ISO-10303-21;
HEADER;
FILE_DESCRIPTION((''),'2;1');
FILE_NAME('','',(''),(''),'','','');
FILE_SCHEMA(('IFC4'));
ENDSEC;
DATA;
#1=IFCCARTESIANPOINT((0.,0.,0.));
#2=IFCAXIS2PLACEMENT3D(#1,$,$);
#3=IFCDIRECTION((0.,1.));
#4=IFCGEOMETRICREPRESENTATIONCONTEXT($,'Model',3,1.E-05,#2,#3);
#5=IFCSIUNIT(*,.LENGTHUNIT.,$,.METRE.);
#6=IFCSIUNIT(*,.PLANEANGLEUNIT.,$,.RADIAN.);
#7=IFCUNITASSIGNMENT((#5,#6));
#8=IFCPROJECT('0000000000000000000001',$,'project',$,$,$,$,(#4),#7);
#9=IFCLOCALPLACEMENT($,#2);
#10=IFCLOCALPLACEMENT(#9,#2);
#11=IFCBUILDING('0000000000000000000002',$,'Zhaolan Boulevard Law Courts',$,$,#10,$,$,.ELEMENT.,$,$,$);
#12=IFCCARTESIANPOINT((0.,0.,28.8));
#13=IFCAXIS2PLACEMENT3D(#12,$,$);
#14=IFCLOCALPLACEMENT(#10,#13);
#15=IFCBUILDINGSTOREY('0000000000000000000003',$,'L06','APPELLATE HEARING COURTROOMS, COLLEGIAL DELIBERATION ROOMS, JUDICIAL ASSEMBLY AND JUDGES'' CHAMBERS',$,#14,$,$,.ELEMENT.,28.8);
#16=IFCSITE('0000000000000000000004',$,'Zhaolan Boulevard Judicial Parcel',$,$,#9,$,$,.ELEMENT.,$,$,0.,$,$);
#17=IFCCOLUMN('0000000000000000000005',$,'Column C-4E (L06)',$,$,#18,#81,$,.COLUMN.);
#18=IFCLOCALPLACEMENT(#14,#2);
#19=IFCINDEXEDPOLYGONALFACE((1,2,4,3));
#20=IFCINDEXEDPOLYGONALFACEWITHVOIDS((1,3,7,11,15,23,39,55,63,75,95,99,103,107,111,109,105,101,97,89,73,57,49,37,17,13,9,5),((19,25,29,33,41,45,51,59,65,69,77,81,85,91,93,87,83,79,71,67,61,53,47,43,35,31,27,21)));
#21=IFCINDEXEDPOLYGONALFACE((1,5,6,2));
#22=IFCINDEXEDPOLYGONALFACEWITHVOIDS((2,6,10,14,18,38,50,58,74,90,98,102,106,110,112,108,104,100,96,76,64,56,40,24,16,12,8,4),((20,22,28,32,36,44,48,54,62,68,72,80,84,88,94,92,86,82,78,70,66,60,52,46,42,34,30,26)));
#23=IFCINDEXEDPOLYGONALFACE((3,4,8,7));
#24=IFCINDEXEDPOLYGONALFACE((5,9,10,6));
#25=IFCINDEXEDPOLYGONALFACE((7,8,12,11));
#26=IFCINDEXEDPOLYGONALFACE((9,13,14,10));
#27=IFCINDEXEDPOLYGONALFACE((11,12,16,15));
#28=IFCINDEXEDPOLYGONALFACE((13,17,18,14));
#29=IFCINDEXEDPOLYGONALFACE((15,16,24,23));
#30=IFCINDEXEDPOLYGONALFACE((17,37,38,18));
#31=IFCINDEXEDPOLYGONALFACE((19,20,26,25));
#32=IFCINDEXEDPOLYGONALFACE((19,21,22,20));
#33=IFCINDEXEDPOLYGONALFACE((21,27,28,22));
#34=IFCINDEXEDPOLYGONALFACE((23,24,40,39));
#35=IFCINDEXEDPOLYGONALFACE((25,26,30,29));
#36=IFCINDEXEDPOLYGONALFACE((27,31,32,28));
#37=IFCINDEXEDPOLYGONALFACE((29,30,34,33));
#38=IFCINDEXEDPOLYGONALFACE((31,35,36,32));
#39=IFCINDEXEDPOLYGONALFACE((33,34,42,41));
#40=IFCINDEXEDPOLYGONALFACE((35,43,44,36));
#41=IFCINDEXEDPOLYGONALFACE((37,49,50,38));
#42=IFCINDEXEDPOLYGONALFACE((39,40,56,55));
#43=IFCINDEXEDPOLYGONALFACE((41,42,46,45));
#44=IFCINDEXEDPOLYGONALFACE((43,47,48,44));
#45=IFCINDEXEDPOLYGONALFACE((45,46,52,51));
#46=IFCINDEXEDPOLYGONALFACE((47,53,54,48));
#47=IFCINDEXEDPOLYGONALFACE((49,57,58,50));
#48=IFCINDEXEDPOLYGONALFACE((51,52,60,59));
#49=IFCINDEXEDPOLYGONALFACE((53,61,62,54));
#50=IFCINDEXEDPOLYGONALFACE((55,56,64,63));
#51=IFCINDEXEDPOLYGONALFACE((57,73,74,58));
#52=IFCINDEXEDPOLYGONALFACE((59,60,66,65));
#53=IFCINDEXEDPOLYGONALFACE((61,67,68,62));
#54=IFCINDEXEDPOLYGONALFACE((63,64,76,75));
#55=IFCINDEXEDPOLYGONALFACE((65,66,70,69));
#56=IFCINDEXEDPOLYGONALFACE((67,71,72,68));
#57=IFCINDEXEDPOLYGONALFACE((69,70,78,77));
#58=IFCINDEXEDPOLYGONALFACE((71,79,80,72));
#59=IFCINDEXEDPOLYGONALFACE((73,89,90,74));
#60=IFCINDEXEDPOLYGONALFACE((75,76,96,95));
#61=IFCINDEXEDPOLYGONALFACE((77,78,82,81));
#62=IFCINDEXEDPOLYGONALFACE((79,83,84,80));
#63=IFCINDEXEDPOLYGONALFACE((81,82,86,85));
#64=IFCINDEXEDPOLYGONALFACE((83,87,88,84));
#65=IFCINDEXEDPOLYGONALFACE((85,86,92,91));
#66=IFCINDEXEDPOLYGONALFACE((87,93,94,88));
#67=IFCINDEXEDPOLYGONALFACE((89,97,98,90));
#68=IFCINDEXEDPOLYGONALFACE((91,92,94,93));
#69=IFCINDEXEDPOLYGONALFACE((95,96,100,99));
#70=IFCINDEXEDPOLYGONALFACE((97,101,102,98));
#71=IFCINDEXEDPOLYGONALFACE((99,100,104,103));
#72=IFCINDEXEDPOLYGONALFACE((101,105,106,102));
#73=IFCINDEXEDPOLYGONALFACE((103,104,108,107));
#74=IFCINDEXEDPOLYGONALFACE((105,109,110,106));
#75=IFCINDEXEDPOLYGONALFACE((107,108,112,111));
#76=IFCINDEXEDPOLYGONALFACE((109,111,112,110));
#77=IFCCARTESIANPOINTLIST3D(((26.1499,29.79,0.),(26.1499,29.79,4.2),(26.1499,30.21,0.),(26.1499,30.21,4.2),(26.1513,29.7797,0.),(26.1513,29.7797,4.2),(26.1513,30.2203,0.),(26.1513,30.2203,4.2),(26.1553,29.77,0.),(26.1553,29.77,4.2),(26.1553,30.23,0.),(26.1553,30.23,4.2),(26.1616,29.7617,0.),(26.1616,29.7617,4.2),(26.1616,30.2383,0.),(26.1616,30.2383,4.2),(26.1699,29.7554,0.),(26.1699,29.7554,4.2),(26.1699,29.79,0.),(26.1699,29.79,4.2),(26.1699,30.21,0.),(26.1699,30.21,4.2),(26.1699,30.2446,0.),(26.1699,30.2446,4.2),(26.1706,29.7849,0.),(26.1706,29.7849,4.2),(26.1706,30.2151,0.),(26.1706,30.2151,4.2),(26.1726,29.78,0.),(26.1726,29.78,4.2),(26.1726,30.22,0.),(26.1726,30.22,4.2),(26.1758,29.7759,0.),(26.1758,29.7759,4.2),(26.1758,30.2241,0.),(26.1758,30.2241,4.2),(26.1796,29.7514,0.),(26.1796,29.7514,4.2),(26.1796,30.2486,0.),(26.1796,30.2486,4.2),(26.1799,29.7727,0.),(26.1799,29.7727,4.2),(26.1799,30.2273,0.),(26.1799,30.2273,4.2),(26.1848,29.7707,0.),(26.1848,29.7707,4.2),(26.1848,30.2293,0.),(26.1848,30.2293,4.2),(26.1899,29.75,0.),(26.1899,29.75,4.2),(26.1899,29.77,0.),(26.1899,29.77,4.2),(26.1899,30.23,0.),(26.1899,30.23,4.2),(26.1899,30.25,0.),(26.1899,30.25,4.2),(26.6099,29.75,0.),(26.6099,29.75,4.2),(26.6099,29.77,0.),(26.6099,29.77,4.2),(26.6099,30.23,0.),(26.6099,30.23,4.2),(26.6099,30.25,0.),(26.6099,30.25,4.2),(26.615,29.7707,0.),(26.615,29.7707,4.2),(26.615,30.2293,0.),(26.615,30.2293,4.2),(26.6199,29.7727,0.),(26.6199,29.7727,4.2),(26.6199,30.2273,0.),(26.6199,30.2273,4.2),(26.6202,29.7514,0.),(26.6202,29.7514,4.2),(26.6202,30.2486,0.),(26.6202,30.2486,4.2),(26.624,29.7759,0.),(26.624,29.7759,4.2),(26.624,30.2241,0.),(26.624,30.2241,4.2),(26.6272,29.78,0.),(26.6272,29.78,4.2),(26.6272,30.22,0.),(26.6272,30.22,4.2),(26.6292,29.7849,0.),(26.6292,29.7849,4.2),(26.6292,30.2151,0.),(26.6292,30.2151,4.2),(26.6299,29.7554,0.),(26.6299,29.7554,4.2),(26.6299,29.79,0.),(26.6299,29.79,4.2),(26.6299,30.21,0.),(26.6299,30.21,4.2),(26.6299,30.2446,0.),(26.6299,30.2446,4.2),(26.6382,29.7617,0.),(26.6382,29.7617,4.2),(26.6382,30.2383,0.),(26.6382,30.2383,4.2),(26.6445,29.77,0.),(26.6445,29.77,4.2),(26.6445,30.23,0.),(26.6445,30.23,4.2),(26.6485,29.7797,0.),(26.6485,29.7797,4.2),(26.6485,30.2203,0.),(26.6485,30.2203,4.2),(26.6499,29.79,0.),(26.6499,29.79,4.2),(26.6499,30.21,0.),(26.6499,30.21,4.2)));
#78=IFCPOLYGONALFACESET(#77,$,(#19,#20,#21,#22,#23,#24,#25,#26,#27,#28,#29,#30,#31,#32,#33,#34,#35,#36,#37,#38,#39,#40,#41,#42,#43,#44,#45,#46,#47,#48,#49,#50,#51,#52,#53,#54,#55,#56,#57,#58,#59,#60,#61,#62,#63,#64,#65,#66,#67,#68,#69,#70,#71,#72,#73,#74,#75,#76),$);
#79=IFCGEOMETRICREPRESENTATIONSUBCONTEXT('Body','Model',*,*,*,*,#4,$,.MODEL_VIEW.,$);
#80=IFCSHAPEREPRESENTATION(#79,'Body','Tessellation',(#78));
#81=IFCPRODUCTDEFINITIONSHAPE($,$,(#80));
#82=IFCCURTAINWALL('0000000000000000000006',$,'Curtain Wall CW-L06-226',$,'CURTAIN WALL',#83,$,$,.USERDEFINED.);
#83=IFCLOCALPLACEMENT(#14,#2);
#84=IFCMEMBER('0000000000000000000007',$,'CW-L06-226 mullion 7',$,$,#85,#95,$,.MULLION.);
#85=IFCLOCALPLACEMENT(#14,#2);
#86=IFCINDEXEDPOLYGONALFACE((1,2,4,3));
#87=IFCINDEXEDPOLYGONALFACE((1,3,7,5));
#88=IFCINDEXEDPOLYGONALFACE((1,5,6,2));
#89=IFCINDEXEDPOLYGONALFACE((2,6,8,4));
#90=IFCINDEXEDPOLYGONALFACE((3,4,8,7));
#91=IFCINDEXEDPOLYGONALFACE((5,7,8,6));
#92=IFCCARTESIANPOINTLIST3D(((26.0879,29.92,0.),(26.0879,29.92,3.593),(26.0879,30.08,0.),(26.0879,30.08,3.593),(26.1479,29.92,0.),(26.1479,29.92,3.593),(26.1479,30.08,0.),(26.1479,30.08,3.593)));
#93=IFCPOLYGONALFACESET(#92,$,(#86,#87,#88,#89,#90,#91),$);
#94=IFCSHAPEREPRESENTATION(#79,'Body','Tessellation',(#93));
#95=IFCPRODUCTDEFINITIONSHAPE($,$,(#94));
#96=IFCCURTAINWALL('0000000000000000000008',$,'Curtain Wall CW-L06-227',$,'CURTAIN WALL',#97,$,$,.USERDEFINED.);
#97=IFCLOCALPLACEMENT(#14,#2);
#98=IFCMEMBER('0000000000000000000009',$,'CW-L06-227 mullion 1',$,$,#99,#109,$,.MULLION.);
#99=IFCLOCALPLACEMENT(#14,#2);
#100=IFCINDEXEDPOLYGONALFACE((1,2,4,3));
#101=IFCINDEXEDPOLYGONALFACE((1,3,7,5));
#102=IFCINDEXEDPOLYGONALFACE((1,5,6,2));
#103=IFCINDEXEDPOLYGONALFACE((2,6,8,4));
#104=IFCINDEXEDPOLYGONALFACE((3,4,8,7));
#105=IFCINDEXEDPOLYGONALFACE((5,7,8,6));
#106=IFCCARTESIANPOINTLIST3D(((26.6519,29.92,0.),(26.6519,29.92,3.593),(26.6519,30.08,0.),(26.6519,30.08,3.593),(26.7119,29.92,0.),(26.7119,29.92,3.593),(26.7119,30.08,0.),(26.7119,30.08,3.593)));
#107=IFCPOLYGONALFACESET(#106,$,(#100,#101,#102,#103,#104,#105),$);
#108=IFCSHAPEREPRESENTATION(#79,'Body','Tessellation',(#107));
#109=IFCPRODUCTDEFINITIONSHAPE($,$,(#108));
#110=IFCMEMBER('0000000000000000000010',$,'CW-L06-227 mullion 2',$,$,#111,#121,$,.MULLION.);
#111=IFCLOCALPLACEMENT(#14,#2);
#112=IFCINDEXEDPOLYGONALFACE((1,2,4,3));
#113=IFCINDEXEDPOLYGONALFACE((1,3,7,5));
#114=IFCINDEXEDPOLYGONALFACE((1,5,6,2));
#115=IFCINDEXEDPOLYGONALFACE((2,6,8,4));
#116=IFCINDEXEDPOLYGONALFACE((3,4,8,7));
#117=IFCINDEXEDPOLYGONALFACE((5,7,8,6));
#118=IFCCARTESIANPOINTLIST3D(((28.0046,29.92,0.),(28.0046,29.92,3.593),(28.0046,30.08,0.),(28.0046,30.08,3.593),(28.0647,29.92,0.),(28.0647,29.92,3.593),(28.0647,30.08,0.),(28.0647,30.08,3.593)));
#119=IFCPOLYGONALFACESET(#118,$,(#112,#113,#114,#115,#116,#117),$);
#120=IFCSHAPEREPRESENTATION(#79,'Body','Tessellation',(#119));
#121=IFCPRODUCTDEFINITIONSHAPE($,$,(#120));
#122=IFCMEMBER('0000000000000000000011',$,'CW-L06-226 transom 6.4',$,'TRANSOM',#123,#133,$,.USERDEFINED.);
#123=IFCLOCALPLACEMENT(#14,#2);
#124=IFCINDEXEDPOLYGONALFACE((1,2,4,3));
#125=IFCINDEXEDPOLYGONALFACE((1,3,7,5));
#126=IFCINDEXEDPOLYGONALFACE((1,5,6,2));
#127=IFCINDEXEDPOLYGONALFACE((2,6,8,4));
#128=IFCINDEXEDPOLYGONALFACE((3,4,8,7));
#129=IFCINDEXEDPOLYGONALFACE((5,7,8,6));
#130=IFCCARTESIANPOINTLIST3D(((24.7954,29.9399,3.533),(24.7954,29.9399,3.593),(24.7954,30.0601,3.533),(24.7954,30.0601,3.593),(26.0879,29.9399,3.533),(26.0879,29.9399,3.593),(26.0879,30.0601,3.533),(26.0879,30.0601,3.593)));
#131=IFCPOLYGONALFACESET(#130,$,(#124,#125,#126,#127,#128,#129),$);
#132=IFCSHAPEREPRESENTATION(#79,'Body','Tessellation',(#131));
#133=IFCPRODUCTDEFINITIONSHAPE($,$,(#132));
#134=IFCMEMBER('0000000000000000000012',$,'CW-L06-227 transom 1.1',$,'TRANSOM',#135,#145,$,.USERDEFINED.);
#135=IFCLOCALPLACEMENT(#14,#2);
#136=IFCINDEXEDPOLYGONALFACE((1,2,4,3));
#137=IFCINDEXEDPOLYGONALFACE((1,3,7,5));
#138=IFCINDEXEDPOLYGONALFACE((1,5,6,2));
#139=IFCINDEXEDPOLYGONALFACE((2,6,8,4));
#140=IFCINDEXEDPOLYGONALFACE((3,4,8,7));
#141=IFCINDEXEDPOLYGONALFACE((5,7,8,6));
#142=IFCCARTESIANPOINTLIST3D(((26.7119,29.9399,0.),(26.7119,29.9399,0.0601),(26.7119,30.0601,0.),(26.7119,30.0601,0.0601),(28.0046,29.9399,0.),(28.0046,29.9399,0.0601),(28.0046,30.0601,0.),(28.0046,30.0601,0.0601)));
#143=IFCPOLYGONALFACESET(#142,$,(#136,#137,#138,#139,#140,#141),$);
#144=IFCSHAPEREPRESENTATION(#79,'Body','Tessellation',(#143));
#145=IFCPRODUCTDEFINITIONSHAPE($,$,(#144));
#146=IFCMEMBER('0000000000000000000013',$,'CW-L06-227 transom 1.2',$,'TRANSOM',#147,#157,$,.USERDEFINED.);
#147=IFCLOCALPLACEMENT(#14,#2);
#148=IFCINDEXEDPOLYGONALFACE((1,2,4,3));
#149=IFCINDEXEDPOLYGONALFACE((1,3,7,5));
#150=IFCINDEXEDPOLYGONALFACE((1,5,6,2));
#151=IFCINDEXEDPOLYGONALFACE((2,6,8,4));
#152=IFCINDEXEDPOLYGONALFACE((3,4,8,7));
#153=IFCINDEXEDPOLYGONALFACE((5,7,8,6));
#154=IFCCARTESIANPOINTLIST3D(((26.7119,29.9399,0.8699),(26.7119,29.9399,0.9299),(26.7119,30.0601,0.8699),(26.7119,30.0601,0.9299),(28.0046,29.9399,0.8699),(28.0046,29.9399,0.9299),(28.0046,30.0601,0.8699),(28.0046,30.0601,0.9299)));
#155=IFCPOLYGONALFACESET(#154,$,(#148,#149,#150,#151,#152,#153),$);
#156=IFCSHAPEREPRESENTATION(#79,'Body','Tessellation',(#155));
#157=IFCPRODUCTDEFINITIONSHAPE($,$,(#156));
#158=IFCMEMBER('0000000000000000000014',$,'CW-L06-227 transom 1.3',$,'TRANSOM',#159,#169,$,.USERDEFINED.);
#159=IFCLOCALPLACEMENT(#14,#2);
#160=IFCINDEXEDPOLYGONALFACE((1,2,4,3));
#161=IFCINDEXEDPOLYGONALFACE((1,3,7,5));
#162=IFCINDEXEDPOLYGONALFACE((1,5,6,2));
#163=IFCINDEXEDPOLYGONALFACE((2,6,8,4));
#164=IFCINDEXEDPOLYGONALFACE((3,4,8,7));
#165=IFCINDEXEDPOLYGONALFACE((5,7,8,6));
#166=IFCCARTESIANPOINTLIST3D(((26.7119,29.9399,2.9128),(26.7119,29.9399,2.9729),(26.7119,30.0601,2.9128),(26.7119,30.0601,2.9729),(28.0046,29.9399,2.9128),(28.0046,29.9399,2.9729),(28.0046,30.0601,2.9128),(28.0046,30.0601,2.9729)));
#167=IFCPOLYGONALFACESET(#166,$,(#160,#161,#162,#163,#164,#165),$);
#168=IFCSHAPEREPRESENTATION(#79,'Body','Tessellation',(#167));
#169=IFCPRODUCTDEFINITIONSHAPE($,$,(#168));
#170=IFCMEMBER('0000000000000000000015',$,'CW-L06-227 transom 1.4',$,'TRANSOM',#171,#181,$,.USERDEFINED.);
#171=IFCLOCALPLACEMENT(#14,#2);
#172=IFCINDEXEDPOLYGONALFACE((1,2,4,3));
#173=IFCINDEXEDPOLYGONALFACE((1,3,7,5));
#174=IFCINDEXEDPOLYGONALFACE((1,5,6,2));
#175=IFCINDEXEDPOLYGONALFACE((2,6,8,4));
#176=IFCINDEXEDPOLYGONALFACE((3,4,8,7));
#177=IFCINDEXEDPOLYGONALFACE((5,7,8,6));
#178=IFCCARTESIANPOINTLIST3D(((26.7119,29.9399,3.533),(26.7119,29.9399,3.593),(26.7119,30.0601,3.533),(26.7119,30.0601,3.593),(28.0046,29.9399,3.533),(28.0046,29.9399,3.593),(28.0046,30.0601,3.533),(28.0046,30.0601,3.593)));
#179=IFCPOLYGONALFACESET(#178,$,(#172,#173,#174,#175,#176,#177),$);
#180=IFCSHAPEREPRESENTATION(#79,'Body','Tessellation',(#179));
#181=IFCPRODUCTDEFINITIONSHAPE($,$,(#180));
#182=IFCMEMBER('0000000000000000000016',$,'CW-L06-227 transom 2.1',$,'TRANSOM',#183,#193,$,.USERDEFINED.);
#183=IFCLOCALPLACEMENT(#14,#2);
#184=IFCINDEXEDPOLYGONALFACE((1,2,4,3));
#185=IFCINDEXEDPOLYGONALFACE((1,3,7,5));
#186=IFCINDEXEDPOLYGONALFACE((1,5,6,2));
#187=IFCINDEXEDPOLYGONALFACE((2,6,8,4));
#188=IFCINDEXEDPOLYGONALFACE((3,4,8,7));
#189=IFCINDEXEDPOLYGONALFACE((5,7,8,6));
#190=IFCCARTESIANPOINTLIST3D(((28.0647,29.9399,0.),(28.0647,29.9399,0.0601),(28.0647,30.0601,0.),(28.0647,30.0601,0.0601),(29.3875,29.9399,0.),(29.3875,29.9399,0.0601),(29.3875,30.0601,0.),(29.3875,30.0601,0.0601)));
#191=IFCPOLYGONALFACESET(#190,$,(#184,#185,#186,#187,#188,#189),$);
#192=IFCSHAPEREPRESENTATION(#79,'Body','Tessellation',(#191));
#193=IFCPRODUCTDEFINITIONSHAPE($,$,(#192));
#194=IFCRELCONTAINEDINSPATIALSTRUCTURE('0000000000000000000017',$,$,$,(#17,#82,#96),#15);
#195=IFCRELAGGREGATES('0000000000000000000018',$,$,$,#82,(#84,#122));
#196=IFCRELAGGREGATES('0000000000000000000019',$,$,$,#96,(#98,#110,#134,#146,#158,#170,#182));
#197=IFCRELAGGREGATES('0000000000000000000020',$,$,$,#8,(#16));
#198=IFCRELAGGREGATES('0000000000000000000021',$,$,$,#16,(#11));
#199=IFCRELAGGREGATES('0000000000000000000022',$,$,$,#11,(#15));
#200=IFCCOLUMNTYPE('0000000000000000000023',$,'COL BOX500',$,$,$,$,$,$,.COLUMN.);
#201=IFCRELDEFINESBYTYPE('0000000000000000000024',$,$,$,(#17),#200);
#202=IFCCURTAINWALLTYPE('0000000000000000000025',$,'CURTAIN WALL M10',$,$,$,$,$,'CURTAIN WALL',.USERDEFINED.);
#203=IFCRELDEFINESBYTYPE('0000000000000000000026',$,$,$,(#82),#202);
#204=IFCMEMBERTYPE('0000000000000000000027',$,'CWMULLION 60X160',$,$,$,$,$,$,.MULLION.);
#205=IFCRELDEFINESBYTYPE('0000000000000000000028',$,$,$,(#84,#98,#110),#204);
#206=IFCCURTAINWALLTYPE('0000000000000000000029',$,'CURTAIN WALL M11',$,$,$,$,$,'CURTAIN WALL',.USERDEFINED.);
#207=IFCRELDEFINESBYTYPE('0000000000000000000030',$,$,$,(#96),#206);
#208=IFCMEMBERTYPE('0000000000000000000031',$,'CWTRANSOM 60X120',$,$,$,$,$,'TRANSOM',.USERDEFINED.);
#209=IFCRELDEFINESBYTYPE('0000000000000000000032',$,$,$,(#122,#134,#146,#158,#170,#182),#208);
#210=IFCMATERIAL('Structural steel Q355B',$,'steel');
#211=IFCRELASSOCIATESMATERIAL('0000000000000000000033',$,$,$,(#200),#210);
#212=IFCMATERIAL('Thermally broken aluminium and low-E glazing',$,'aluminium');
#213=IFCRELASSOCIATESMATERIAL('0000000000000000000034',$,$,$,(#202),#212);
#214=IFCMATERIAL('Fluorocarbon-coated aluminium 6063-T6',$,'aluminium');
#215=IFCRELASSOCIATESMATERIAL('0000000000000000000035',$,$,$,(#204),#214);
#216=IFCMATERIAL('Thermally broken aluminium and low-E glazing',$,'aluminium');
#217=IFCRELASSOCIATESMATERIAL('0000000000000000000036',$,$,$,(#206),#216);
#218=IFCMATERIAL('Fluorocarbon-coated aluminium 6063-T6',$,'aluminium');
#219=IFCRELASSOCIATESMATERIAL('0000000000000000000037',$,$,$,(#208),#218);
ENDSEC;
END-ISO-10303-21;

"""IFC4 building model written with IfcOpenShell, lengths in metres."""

from ifc_helpers import new_model, si_unit, direction, frame, origin, origin_2d, place, context, subcontext, project, spatial, rectangle, hollow_rectangle, extrude, material, material_profile, profile_set, type_object, element, aggregate, save


model = new_model("IFC4")

# Units and contexts
model_context = context("Model", 3, precision=1e-05, world=origin(), true_north=direction((0.0, 1.0)))
body_context = subcontext(model_context, "Body", "Model", "MODEL_VIEW")
ifc_project = project(units=[si_unit("LENGTHUNIT", "METRE"), si_unit("PLANEANGLEUNIT", "RADIAN")], contexts=[model_context])

# Site, building, storey
site_placement = place(None, origin())
site = spatial("IfcSite", under=ifc_project, at=site_placement, Name="Zhaolan Boulevard Judicial Parcel", CompositionType="ELEMENT", RefElevation=0.0)
building_placement = place(site_placement, origin())
building = spatial("IfcBuilding", under=site, at=building_placement, Name="Zhaolan Boulevard Law Courts", CompositionType="ELEMENT")
storey_placement = place(building_placement, frame((0.0, 0.0, 28.8)))
storey = spatial("IfcBuildingStorey", under=building, at=storey_placement, Name="L06", Description="APPELLATE HEARING COURTROOMS, COLLEGIAL DELIBERATION ROOMS, JUDICIAL ASSEMBLY AND JUDGES' CHAMBERS", CompositionType="ELEMENT", Elevation=28.8)

# Column
ifc_material_1 = material(Name="Structural steel Q355B", Category="steel")
ifc_material_profile_1 = material_profile(ifc_material_1, hollow_rectangle(XDim=0.5, YDim=0.5, WallThickness=0.02, InnerFilletRadius=0.02, OuterFilletRadius=0.04, at=origin_2d()), Name="BOX500x500x20")
ifc_profile_set_1 = profile_set([ifc_material_profile_1], Name="Structural steel Q355B")
column_type = type_object("IfcColumnType", Name="COL BOX500", PredefinedType="COLUMN", material=ifc_profile_set_1)
column_placement = place(storey_placement, frame((26.3999, 30.0, 0.0), z_axis=(0.0, 0.0, 1.0), x_axis=(1.0, 0.0, 0.0)))
element("IfcColumn", 1, at=column_placement, inside=storey, type_object=column_type, Name="Column C-4E (L06)", PredefinedType="COLUMN", context=body_context, shape_type="SweptSolid", body=[
    extrude(hollow_rectangle(XDim=0.5, YDim=0.5, WallThickness=0.02, InnerFilletRadius=0.02, OuterFilletRadius=0.04, at=origin_2d()), origin(), (0.0, 0.0, 1.0), 4.2),
])

# Curtain wall, member
ifc_material_2 = material(Name="Thermally broken aluminium and low-E glazing", Category="aluminium")
curtain_wall_type_1 = type_object("IfcCurtainWallType", Name="CURTAIN WALL M10", ElementType="CURTAIN WALL", PredefinedType="USERDEFINED", material=ifc_material_2)
curtain_wall_1_placement = place(storey_placement, origin())
curtain_wall_1 = element("IfcCurtainWall", 2, at=curtain_wall_1_placement, inside=storey, type_object=curtain_wall_type_1, Name="Curtain Wall CW-L06-226", ObjectType="CURTAIN WALL", PredefinedType="USERDEFINED")
ifc_material_3 = material(Name="Fluorocarbon-coated aluminium 6063-T6", Category="aluminium")
ifc_material_profile_2 = material_profile(ifc_material_3, rectangle(XDim=0.1599, YDim=0.0601, at=origin_2d()), Name="AL60x160")
ifc_profile_set_2 = profile_set([ifc_material_profile_2], Name="Fluorocarbon-coated aluminium 6063-T6")
member_type_1 = type_object("IfcMemberType", Name="CWMULLION 60X160", PredefinedType="MULLION", material=ifc_profile_set_2)
member_1_placement = place(storey_placement, frame((26.1179, 30.0, 0.0), z_axis=(0.0, 0.0, 1.0), x_axis=(0.0, 1.0, 0.0)))
member_1 = element("IfcMember", 3, at=member_1_placement, type_object=member_type_1, Name="CW-L06-226 mullion 7", PredefinedType="MULLION", context=body_context, shape_type="SweptSolid", body=[
    extrude(rectangle(XDim=0.1599, YDim=0.0601, at=origin_2d()), origin(), (0.0, 0.0, 1.0), 3.593),
])

# Curtain wall, members
ifc_material_4 = material(Name="Thermally broken aluminium and low-E glazing", Category="aluminium")
curtain_wall_type_2 = type_object("IfcCurtainWallType", Name="CURTAIN WALL M11", ElementType="CURTAIN WALL", PredefinedType="USERDEFINED", material=ifc_material_4)
curtain_wall_2_placement = place(storey_placement, origin())
curtain_wall_2 = element("IfcCurtainWall", 4, at=curtain_wall_2_placement, inside=storey, type_object=curtain_wall_type_2, Name="Curtain Wall CW-L06-227", ObjectType="CURTAIN WALL", PredefinedType="USERDEFINED")
member_2_placement = place(storey_placement, frame((26.6819, 30.0, 0.0), z_axis=(0.0, 0.0, 1.0), x_axis=(0.0, 1.0, 0.0)))
member_2 = element("IfcMember", 5, at=member_2_placement, type_object=member_type_1, Name="CW-L06-227 mullion 1", PredefinedType="MULLION", context=body_context, shape_type="SweptSolid", body=[
    extrude(rectangle(XDim=0.1599, YDim=0.0601, at=origin_2d()), origin(), (0.0, 0.0, 1.0), 3.593),
])
member_3_placement = place(storey_placement, frame((28.0347, 30.0, 0.0), z_axis=(0.0, 0.0, 1.0), x_axis=(0.0, 1.0, 0.0)))
member_3 = element("IfcMember", 6, at=member_3_placement, type_object=member_type_1, Name="CW-L06-227 mullion 2", PredefinedType="MULLION", context=body_context, shape_type="SweptSolid", body=[
    extrude(rectangle(XDim=0.1599, YDim=0.0601, at=origin_2d()), origin(), (0.0, 0.0, 1.0), 3.593),
])

# Members
ifc_material_5 = material(Name="Fluorocarbon-coated aluminium 6063-T6", Category="aluminium")
ifc_material_profile_3 = material_profile(ifc_material_5, rectangle(XDim=0.1201, YDim=0.0601, at=origin_2d()), Name="AL60x120")
ifc_profile_set_3 = profile_set([ifc_material_profile_3], Name="Fluorocarbon-coated aluminium 6063-T6")
member_type_2 = type_object("IfcMemberType", Name="CWTRANSOM 60X120", ElementType="TRANSOM", PredefinedType="USERDEFINED", material=ifc_profile_set_3)
member_4_placement = place(storey_placement, frame((24.7954, 30.0, 3.563), z_axis=(1.0, 0.0, 0.0), x_axis=(0.0, 1.0, 0.0)))
member_4 = element("IfcMember", 7, at=member_4_placement, type_object=member_type_2, Name="CW-L06-226 transom 6.4", ObjectType="TRANSOM", PredefinedType="USERDEFINED", context=body_context, shape_type="SweptSolid", body=[
    extrude(rectangle(XDim=0.1201, YDim=0.0601, at=origin_2d()), origin(), (0.0, 0.0, 1.0), 1.2925),
])
member_5_placement = place(storey_placement, frame((26.7119, 30.0, 0.03), z_axis=(1.0, 0.0, 0.0), x_axis=(0.0, 1.0, 0.0)))
member_5 = element("IfcMember", 8, at=member_5_placement, type_object=member_type_2, Name="CW-L06-227 transom 1.1", ObjectType="TRANSOM", PredefinedType="USERDEFINED", context=body_context, shape_type="SweptSolid", body=[
    extrude(rectangle(XDim=0.1201, YDim=0.0601, at=origin_2d()), origin(), (0.0, 0.0, 1.0), 1.2927),
])
member_6_placement = place(storey_placement, frame((26.7119, 30.0, 0.8999), z_axis=(1.0, 0.0, 0.0), x_axis=(0.0, 1.0, 0.0)))
member_6 = element("IfcMember", 9, at=member_6_placement, type_object=member_type_2, Name="CW-L06-227 transom 1.2", ObjectType="TRANSOM", PredefinedType="USERDEFINED", context=body_context, shape_type="SweptSolid", body=[
    extrude(rectangle(XDim=0.1201, YDim=0.0601, at=origin_2d()), origin(), (0.0, 0.0, 1.0), 1.2927),
])
member_7_placement = place(storey_placement, frame((26.7119, 30.0, 2.9429), z_axis=(1.0, 0.0, 0.0), x_axis=(0.0, 1.0, 0.0)))
member_7 = element("IfcMember", 10, at=member_7_placement, type_object=member_type_2, Name="CW-L06-227 transom 1.3", ObjectType="TRANSOM", PredefinedType="USERDEFINED", context=body_context, shape_type="SweptSolid", body=[
    extrude(rectangle(XDim=0.1201, YDim=0.0601, at=origin_2d()), origin(), (0.0, 0.0, 1.0), 1.2927),
])
member_8_placement = place(storey_placement, frame((26.7119, 30.0, 3.563), z_axis=(1.0, 0.0, 0.0), x_axis=(0.0, 1.0, 0.0)))
member_8 = element("IfcMember", 11, at=member_8_placement, type_object=member_type_2, Name="CW-L06-227 transom 1.4", ObjectType="TRANSOM", PredefinedType="USERDEFINED", context=body_context, shape_type="SweptSolid", body=[
    extrude(rectangle(XDim=0.1201, YDim=0.0601, at=origin_2d()), origin(), (0.0, 0.0, 1.0), 1.2927),
])
member_9_placement = place(storey_placement, frame((28.0647, 30.0, 0.03), z_axis=(1.0, 0.0, 0.0), x_axis=(0.0, 1.0, 0.0)))
member_9 = element("IfcMember", 12, at=member_9_placement, type_object=member_type_2, Name="CW-L06-227 transom 2.1", ObjectType="TRANSOM", PredefinedType="USERDEFINED", context=body_context, shape_type="SweptSolid", body=[
    extrude(rectangle(XDim=0.1201, YDim=0.0601, at=origin_2d()), origin(), (0.0, 0.0, 1.0), 1.3228),
])

aggregate(curtain_wall_1, [member_1, member_4])
aggregate(curtain_wall_2, [member_2, member_3, member_5, member_6, member_7, member_8, member_9])

save(model, "model.ifc")
